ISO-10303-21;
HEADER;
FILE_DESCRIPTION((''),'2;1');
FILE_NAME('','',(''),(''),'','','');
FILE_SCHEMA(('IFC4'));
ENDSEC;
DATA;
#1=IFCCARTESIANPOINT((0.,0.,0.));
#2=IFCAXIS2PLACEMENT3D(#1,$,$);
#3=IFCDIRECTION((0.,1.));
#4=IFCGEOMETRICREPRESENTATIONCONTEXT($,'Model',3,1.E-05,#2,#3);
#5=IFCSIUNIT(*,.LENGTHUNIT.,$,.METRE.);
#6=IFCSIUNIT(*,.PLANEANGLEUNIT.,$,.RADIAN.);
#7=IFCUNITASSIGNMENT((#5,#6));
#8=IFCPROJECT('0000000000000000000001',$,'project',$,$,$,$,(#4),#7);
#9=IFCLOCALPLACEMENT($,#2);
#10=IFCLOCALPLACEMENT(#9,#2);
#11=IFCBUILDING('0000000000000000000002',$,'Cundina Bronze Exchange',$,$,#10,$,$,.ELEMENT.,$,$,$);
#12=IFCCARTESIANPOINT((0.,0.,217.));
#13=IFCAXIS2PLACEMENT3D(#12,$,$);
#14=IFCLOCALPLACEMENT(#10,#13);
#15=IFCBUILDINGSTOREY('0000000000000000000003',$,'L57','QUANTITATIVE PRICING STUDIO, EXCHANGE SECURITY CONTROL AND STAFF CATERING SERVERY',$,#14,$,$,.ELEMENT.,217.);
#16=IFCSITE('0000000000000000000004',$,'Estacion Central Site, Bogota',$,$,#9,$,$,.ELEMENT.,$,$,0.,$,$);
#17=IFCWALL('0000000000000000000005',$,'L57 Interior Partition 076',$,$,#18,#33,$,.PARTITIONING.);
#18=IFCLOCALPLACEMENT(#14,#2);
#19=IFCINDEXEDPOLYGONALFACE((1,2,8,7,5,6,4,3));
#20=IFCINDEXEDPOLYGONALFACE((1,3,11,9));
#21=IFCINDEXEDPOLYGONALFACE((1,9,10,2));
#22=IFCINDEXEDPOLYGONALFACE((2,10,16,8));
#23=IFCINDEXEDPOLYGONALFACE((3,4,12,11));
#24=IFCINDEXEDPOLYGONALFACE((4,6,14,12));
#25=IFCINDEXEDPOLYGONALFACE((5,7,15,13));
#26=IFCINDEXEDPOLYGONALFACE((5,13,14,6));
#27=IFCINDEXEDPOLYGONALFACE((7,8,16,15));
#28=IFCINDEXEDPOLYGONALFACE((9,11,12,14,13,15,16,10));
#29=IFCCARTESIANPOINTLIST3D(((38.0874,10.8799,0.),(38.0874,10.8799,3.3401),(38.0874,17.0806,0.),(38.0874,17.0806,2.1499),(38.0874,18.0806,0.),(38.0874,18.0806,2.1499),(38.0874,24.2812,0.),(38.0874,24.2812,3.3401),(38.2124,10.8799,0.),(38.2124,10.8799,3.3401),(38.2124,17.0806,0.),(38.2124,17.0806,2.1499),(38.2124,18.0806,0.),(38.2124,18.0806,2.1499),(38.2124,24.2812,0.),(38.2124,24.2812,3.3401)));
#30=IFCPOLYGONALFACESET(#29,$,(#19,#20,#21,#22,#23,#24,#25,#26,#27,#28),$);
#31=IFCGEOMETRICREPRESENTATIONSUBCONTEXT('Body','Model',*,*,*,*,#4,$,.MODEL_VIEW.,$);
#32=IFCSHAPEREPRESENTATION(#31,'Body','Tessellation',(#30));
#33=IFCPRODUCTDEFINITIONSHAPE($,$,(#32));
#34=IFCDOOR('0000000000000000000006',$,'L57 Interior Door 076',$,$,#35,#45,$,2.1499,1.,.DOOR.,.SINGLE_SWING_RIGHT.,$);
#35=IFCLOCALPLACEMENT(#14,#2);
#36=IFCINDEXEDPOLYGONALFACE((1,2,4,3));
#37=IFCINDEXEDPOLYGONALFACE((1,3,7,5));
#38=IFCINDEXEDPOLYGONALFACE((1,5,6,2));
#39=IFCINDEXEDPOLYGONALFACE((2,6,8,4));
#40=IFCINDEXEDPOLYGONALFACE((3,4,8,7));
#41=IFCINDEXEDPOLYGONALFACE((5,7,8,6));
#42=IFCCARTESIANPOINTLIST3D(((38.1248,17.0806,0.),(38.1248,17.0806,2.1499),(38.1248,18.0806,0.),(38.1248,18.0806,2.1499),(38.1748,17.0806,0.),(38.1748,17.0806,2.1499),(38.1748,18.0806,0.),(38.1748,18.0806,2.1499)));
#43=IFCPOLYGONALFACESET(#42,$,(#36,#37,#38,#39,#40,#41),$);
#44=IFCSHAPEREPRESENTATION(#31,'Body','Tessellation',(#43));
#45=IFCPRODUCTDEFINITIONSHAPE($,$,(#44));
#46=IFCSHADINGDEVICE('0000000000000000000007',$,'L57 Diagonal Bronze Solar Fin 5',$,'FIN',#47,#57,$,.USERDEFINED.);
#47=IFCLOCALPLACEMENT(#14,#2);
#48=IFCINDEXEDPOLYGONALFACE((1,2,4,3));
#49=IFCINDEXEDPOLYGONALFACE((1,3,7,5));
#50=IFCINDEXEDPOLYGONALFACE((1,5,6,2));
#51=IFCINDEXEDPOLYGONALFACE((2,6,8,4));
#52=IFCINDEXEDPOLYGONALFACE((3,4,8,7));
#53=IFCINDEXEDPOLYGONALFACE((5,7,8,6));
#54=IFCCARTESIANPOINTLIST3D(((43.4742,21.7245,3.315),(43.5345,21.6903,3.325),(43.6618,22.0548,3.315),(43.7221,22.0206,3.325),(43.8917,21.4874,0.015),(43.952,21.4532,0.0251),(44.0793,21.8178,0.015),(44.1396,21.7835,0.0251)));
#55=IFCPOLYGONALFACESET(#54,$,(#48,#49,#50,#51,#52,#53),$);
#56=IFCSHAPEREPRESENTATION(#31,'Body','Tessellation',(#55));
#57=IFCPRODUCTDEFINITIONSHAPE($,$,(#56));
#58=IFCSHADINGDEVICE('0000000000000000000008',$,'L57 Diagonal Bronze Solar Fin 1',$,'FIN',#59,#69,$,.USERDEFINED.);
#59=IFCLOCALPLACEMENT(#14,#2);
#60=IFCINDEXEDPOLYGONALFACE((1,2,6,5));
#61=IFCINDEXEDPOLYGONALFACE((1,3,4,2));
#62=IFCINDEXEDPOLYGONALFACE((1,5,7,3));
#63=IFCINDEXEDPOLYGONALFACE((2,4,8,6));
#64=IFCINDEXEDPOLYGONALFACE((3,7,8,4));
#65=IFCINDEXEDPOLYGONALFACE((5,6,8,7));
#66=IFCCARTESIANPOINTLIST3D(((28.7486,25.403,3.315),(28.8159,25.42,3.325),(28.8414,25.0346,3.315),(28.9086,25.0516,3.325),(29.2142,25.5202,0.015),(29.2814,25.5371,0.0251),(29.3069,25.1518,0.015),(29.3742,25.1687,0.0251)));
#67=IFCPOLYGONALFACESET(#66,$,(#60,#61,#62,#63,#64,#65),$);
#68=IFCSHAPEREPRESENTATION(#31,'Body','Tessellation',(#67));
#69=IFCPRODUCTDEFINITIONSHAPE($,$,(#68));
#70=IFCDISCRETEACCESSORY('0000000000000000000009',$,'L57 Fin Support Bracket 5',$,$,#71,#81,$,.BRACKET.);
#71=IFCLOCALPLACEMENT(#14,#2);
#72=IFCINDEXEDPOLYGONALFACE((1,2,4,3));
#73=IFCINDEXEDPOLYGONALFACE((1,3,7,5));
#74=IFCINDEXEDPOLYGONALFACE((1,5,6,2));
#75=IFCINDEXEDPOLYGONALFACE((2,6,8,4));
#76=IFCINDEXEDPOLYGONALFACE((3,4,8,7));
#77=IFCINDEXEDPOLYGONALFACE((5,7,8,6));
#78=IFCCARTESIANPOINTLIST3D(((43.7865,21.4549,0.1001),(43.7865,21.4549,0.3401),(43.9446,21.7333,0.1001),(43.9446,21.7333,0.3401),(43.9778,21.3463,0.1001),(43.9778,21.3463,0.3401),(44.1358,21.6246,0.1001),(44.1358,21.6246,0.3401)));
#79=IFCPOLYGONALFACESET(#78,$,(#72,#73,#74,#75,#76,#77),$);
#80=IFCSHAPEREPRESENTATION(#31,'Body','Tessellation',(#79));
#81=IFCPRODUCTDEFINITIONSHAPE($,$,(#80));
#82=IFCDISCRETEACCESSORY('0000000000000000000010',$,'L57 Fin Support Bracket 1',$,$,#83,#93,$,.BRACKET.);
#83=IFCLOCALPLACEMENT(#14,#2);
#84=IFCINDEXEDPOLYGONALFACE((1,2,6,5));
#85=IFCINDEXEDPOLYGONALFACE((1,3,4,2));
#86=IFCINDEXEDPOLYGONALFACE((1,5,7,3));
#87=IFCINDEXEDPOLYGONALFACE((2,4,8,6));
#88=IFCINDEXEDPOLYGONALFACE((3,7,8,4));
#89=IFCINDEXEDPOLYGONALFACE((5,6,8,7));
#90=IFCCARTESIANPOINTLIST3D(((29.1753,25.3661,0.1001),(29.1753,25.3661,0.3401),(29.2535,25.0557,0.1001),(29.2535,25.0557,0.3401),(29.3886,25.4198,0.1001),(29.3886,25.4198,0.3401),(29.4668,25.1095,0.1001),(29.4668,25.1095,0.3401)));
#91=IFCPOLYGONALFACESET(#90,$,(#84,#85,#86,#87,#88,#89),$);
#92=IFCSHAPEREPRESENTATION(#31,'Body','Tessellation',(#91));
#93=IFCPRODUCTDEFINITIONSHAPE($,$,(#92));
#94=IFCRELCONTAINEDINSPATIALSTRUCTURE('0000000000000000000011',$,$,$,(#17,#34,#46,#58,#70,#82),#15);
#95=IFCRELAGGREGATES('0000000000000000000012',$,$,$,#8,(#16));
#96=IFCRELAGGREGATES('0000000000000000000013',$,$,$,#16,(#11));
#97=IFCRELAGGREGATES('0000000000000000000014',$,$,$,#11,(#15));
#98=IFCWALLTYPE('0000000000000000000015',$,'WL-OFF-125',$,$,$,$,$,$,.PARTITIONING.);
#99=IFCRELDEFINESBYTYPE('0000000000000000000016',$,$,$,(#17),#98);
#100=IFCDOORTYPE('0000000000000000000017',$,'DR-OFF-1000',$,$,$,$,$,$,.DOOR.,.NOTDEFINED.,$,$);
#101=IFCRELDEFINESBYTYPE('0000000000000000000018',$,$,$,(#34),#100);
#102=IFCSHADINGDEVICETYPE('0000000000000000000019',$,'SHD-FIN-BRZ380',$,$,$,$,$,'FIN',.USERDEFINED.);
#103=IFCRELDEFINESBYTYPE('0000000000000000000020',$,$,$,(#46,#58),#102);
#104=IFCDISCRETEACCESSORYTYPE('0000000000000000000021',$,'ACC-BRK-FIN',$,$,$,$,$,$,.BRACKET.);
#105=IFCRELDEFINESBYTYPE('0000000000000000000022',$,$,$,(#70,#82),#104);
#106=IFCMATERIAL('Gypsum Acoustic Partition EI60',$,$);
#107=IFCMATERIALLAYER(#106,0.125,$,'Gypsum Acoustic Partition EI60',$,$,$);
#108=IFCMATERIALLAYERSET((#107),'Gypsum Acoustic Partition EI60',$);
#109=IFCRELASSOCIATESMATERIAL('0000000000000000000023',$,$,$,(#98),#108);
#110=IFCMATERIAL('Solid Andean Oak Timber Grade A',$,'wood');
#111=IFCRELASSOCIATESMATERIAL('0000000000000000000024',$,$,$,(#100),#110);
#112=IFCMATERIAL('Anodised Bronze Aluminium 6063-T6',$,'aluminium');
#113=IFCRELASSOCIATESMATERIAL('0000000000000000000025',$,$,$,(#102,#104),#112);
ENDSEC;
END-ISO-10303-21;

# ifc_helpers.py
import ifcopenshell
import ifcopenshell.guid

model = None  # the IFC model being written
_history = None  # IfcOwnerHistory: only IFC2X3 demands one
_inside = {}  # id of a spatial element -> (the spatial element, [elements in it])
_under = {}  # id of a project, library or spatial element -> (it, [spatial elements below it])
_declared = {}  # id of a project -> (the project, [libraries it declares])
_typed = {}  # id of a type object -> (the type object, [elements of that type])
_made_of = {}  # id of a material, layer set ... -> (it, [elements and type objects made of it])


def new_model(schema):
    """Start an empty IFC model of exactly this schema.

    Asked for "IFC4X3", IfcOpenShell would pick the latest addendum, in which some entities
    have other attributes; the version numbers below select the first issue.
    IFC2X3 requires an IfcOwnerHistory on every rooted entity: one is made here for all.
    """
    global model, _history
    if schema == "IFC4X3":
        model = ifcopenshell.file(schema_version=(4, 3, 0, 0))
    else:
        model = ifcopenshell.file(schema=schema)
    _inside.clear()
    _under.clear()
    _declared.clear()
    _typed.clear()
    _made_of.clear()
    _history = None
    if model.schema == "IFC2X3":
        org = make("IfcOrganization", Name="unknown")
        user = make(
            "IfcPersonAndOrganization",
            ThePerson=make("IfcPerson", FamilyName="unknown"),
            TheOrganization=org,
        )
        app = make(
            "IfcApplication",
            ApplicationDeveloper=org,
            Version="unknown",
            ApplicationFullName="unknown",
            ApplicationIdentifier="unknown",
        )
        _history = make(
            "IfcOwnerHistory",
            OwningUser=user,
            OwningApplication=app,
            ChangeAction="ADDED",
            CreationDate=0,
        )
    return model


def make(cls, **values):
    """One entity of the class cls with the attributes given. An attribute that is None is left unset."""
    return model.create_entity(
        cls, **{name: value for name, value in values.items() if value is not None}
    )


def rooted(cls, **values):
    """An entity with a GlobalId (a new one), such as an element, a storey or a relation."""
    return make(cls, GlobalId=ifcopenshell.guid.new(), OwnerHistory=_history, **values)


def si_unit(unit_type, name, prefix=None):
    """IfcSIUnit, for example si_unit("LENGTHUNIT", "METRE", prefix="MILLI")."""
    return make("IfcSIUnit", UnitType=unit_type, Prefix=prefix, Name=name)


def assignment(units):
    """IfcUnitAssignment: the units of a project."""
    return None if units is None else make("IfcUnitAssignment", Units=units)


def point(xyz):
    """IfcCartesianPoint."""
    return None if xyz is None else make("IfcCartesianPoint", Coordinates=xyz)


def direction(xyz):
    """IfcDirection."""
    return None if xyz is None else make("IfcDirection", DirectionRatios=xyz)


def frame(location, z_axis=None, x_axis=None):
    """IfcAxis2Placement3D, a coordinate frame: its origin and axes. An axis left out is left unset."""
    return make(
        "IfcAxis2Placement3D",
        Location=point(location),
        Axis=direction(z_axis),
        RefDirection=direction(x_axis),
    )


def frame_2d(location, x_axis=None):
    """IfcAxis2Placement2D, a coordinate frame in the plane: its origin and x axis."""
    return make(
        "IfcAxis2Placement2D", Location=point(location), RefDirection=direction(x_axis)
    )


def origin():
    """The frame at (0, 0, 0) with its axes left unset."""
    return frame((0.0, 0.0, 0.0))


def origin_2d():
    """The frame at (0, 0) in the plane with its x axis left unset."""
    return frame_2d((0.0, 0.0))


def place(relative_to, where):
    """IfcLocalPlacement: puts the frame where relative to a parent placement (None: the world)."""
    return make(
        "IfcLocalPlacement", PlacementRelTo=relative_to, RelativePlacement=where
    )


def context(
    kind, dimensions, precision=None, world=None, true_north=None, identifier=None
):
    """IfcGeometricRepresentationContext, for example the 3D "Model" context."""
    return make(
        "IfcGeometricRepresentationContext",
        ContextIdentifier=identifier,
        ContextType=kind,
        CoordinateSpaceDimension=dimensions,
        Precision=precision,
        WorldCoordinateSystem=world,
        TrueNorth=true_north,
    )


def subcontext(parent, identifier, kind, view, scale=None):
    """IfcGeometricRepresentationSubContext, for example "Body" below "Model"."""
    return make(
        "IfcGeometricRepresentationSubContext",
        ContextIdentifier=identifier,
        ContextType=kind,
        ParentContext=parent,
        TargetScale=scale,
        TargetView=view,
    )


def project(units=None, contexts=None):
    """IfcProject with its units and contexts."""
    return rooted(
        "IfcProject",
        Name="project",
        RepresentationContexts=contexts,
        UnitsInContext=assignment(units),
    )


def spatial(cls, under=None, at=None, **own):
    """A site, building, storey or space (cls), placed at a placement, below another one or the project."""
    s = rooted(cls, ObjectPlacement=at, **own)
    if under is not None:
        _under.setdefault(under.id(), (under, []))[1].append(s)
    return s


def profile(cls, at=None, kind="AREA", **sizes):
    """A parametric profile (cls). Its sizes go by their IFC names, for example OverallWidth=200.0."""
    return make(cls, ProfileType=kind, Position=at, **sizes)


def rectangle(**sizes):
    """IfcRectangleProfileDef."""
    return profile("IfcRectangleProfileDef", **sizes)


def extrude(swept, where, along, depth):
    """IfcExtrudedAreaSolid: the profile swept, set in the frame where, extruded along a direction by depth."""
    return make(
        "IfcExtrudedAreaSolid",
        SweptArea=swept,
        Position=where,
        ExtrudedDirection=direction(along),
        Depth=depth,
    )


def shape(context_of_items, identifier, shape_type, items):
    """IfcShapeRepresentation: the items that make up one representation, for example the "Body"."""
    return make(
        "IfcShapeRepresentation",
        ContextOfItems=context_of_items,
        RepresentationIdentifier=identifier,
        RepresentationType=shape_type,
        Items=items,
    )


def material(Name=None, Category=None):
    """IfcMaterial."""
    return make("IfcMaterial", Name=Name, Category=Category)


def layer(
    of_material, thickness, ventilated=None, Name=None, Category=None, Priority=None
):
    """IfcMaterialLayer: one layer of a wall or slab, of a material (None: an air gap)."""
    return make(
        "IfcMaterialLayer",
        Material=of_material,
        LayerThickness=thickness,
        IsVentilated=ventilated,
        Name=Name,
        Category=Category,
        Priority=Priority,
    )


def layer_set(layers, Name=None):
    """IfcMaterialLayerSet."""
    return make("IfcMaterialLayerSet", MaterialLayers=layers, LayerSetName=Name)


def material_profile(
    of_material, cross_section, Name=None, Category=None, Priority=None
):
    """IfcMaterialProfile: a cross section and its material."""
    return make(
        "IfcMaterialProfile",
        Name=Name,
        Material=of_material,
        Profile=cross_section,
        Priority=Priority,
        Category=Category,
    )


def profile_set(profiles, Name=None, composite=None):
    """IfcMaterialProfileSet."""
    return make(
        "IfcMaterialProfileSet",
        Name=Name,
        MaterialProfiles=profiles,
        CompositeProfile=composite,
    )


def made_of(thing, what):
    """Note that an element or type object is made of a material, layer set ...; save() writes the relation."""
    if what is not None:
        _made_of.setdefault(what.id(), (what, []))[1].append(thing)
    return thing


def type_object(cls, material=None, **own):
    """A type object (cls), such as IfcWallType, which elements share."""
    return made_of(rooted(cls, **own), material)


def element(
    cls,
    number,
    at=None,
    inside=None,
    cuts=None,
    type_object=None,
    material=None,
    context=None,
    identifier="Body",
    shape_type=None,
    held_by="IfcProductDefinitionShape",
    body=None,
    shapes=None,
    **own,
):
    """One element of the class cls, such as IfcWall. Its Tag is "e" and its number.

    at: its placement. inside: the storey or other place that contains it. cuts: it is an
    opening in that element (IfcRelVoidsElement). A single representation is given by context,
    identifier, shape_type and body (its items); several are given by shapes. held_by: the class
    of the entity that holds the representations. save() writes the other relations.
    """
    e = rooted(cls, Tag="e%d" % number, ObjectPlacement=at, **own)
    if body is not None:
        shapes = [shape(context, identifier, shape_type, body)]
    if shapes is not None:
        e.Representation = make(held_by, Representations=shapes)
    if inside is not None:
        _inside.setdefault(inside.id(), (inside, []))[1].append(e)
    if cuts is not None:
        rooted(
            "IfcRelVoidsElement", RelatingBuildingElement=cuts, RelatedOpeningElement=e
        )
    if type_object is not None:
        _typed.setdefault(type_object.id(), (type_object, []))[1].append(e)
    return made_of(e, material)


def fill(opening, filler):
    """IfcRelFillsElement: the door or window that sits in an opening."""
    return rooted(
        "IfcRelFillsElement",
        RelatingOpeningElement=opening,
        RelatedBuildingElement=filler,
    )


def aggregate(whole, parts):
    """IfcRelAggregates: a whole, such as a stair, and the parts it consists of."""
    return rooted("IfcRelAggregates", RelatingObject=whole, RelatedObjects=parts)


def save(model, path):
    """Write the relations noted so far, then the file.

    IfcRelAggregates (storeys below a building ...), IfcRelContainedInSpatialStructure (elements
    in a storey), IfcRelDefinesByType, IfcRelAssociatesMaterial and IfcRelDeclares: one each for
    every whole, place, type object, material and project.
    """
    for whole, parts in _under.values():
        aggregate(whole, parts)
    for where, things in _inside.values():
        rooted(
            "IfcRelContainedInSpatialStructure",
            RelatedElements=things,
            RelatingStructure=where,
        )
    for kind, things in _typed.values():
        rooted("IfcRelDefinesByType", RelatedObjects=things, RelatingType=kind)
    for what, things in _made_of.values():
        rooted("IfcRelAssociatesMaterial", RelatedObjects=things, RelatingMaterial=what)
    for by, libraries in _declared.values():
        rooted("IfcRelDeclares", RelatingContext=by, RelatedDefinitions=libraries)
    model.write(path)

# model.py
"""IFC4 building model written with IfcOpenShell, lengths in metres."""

from ifc_helpers import new_model, si_unit, direction, frame, frame_2d, origin, origin_2d, place, context, subcontext, project, spatial, rectangle, extrude, material, layer, layer_set, material_profile, profile_set, type_object, element, fill, save


model = new_model("IFC4")

# Units and contexts
model_context = context("Model", 3, precision=1e-05, world=origin(), true_north=direction((0.0, 1.0)))
body_context = subcontext(model_context, "Body", "Model", "MODEL_VIEW")
ifc_project = project(units=[si_unit("LENGTHUNIT", "METRE"), si_unit("PLANEANGLEUNIT", "RADIAN")], contexts=[model_context])

# Site, building, storey
site_placement = place(None, origin())
site = spatial("IfcSite", under=ifc_project, at=site_placement, Name="Estacion Central Site, Bogota", CompositionType="ELEMENT", RefElevation=0.0)
building_placement = place(site_placement, origin())
building = spatial("IfcBuilding", under=site, at=building_placement, Name="Cundina Bronze Exchange", CompositionType="ELEMENT")
storey_placement = place(building_placement, frame((0.0, 0.0, 217.0)))
storey = spatial("IfcBuildingStorey", under=building, at=storey_placement, Name="L57", Description="QUANTITATIVE PRICING STUDIO, EXCHANGE SECURITY CONTROL AND STAFF CATERING SERVERY", CompositionType="ELEMENT", Elevation=217.0)

# Shared definitions
ifc_material_1 = material(Name="Anodised Bronze Aluminium 6063-T6", Category="aluminium")

# Wall, opening, door
ifc_material_2 = material(Name="Gypsum Acoustic Partition EI60")
ifc_layer_1 = layer(ifc_material_2, 0.125, Name="Gypsum Acoustic Partition EI60")
ifc_layer_set_1 = layer_set([ifc_layer_1], Name="Gypsum Acoustic Partition EI60")
wall_type = type_object("IfcWallType", Name="WL-OFF-125", PredefinedType="PARTITIONING", material=ifc_layer_set_1)
ifc_material_3 = material(Name="Solid Andean Oak Timber Grade A", Category="wood")
door_type = type_object("IfcDoorType", Name="DR-OFF-1000", OperationType="NOTDEFINED", PredefinedType="DOOR", material=ifc_material_3)
wall_1_placement = place(storey_placement, frame((38.1499, 24.2812, 0.0), z_axis=(0.0, 0.0, 1.0), x_axis=(0.0, -1.0, 0.0)))
wall_1 = element("IfcWall", 1, at=wall_1_placement, inside=storey, type_object=wall_type, Name="L57 Interior Partition 076", PredefinedType="PARTITIONING", context=body_context, shape_type="SweptSolid", body=[
    extrude(rectangle(XDim=13.4014, YDim=0.125, at=frame_2d((6.7007, 0.0))), origin(), (0.0, 0.0, 1.0), 3.3401),
])
opening_1_placement = place(wall_1_placement, frame((6.2007, 0.0, 0.0)))
opening_1 = element("IfcOpeningElement", 2, at=opening_1_placement, cuts=wall_1, PredefinedType="OPENING", context=body_context, shape_type="SweptSolid", body=[
    extrude(rectangle(XDim=1.0, YDim=2.1499, at=frame_2d((0.5, 1.075))), frame((0.0, 0.0725, 0.0), z_axis=(0.0, -1.0, 0.0), x_axis=(1.0, 0.0, 0.0)), (0.0, 0.0, 1.0), 0.145),
])
door_1_placement = place(opening_1_placement, origin())
door_1 = element("IfcDoor", 3, at=door_1_placement, inside=storey, type_object=door_type, Name="L57 Interior Door 076", OperationType="SINGLE_SWING_RIGHT", OverallHeight=2.1499, OverallWidth=1.0, PredefinedType="DOOR", context=body_context, shape_type="SweptSolid", body=[
    extrude(rectangle(XDim=1.0, YDim=2.1499, at=frame_2d((0.5, 1.075))), frame((0.0, 0.0249, 0.0), z_axis=(0.0, -1.0, 0.0), x_axis=(1.0, 0.0, 0.0)), (0.0, 0.0, 1.0), 0.05),
])
fill(opening_1, door_1)

# Shading devices
ifc_material_profile_1 = material_profile(ifc_material_1, rectangle(XDim=0.0701, YDim=0.3799, at=origin_2d()), Name="FIN70X380", Category="aluminium")
ifc_profile_set_1 = profile_set([ifc_material_profile_1], Name="Anodised Bronze Aluminium 6063-T6")
shading_device_type = type_object("IfcShadingDeviceType", Name="SHD-FIN-BRZ380", ElementType="FIN", PredefinedType="USERDEFINED", material=ifc_profile_set_1)
for number, where, z_axis, x_axis, name in (
    (4, (44.0156, 21.6355, 0.02), (-0.12519, 0.071087, 0.989583), (0.860527, -0.488638, 0.143965), "L57 Diagonal Bronze Solar Fin 5"),
    (5, (29.2942, 25.3445, 0.02), (-0.139612, -0.035141, 0.989583), (0.95965, 0.241548, 0.143967), "L57 Diagonal Bronze Solar Fin 1"),
):
    element("IfcShadingDevice", number, at=place(storey_placement, frame(where, z_axis=z_axis, x_axis=x_axis)), inside=storey, type_object=shading_device_type, Name=name, ObjectType="FIN", PredefinedType="USERDEFINED", context=body_context, shape_type="SweptSolid", body=[
        extrude(rectangle(XDim=0.0701, YDim=0.3799, at=origin_2d()), origin(), (0.0, 0.0, 1.0), 3.3347),
    ])

# Discrete accessories
discrete_accessory_type = type_object("IfcDiscreteAccessoryType", Name="ACC-BRK-FIN", PredefinedType="BRACKET", material=ifc_material_1)
for number, where, z_axis, x_axis, name in (
    (6, (43.9612, 21.5398, 0.1001), (0.0, 0.0, 1.0), (-0.869573, 0.493805, 0.0), "L57 Fin Support Bracket 5"),
    (7, (29.321, 25.2378, 0.1001), (0.0, 0.0, 1.0), (-0.969732, -0.244174, 0.0), "L57 Fin Support Bracket 1"),
):
    element("IfcDiscreteAccessory", number, at=place(storey_placement, frame(where, z_axis=z_axis, x_axis=x_axis)), inside=storey, type_object=discrete_accessory_type, Name=name, PredefinedType="BRACKET", context=body_context, shape_type="SweptSolid", body=[
        extrude(rectangle(XDim=0.22, YDim=0.3201, at=origin_2d()), origin(), (0.0, 0.0, 1.0), 0.24),
    ])

save(model, "model.ifc")
